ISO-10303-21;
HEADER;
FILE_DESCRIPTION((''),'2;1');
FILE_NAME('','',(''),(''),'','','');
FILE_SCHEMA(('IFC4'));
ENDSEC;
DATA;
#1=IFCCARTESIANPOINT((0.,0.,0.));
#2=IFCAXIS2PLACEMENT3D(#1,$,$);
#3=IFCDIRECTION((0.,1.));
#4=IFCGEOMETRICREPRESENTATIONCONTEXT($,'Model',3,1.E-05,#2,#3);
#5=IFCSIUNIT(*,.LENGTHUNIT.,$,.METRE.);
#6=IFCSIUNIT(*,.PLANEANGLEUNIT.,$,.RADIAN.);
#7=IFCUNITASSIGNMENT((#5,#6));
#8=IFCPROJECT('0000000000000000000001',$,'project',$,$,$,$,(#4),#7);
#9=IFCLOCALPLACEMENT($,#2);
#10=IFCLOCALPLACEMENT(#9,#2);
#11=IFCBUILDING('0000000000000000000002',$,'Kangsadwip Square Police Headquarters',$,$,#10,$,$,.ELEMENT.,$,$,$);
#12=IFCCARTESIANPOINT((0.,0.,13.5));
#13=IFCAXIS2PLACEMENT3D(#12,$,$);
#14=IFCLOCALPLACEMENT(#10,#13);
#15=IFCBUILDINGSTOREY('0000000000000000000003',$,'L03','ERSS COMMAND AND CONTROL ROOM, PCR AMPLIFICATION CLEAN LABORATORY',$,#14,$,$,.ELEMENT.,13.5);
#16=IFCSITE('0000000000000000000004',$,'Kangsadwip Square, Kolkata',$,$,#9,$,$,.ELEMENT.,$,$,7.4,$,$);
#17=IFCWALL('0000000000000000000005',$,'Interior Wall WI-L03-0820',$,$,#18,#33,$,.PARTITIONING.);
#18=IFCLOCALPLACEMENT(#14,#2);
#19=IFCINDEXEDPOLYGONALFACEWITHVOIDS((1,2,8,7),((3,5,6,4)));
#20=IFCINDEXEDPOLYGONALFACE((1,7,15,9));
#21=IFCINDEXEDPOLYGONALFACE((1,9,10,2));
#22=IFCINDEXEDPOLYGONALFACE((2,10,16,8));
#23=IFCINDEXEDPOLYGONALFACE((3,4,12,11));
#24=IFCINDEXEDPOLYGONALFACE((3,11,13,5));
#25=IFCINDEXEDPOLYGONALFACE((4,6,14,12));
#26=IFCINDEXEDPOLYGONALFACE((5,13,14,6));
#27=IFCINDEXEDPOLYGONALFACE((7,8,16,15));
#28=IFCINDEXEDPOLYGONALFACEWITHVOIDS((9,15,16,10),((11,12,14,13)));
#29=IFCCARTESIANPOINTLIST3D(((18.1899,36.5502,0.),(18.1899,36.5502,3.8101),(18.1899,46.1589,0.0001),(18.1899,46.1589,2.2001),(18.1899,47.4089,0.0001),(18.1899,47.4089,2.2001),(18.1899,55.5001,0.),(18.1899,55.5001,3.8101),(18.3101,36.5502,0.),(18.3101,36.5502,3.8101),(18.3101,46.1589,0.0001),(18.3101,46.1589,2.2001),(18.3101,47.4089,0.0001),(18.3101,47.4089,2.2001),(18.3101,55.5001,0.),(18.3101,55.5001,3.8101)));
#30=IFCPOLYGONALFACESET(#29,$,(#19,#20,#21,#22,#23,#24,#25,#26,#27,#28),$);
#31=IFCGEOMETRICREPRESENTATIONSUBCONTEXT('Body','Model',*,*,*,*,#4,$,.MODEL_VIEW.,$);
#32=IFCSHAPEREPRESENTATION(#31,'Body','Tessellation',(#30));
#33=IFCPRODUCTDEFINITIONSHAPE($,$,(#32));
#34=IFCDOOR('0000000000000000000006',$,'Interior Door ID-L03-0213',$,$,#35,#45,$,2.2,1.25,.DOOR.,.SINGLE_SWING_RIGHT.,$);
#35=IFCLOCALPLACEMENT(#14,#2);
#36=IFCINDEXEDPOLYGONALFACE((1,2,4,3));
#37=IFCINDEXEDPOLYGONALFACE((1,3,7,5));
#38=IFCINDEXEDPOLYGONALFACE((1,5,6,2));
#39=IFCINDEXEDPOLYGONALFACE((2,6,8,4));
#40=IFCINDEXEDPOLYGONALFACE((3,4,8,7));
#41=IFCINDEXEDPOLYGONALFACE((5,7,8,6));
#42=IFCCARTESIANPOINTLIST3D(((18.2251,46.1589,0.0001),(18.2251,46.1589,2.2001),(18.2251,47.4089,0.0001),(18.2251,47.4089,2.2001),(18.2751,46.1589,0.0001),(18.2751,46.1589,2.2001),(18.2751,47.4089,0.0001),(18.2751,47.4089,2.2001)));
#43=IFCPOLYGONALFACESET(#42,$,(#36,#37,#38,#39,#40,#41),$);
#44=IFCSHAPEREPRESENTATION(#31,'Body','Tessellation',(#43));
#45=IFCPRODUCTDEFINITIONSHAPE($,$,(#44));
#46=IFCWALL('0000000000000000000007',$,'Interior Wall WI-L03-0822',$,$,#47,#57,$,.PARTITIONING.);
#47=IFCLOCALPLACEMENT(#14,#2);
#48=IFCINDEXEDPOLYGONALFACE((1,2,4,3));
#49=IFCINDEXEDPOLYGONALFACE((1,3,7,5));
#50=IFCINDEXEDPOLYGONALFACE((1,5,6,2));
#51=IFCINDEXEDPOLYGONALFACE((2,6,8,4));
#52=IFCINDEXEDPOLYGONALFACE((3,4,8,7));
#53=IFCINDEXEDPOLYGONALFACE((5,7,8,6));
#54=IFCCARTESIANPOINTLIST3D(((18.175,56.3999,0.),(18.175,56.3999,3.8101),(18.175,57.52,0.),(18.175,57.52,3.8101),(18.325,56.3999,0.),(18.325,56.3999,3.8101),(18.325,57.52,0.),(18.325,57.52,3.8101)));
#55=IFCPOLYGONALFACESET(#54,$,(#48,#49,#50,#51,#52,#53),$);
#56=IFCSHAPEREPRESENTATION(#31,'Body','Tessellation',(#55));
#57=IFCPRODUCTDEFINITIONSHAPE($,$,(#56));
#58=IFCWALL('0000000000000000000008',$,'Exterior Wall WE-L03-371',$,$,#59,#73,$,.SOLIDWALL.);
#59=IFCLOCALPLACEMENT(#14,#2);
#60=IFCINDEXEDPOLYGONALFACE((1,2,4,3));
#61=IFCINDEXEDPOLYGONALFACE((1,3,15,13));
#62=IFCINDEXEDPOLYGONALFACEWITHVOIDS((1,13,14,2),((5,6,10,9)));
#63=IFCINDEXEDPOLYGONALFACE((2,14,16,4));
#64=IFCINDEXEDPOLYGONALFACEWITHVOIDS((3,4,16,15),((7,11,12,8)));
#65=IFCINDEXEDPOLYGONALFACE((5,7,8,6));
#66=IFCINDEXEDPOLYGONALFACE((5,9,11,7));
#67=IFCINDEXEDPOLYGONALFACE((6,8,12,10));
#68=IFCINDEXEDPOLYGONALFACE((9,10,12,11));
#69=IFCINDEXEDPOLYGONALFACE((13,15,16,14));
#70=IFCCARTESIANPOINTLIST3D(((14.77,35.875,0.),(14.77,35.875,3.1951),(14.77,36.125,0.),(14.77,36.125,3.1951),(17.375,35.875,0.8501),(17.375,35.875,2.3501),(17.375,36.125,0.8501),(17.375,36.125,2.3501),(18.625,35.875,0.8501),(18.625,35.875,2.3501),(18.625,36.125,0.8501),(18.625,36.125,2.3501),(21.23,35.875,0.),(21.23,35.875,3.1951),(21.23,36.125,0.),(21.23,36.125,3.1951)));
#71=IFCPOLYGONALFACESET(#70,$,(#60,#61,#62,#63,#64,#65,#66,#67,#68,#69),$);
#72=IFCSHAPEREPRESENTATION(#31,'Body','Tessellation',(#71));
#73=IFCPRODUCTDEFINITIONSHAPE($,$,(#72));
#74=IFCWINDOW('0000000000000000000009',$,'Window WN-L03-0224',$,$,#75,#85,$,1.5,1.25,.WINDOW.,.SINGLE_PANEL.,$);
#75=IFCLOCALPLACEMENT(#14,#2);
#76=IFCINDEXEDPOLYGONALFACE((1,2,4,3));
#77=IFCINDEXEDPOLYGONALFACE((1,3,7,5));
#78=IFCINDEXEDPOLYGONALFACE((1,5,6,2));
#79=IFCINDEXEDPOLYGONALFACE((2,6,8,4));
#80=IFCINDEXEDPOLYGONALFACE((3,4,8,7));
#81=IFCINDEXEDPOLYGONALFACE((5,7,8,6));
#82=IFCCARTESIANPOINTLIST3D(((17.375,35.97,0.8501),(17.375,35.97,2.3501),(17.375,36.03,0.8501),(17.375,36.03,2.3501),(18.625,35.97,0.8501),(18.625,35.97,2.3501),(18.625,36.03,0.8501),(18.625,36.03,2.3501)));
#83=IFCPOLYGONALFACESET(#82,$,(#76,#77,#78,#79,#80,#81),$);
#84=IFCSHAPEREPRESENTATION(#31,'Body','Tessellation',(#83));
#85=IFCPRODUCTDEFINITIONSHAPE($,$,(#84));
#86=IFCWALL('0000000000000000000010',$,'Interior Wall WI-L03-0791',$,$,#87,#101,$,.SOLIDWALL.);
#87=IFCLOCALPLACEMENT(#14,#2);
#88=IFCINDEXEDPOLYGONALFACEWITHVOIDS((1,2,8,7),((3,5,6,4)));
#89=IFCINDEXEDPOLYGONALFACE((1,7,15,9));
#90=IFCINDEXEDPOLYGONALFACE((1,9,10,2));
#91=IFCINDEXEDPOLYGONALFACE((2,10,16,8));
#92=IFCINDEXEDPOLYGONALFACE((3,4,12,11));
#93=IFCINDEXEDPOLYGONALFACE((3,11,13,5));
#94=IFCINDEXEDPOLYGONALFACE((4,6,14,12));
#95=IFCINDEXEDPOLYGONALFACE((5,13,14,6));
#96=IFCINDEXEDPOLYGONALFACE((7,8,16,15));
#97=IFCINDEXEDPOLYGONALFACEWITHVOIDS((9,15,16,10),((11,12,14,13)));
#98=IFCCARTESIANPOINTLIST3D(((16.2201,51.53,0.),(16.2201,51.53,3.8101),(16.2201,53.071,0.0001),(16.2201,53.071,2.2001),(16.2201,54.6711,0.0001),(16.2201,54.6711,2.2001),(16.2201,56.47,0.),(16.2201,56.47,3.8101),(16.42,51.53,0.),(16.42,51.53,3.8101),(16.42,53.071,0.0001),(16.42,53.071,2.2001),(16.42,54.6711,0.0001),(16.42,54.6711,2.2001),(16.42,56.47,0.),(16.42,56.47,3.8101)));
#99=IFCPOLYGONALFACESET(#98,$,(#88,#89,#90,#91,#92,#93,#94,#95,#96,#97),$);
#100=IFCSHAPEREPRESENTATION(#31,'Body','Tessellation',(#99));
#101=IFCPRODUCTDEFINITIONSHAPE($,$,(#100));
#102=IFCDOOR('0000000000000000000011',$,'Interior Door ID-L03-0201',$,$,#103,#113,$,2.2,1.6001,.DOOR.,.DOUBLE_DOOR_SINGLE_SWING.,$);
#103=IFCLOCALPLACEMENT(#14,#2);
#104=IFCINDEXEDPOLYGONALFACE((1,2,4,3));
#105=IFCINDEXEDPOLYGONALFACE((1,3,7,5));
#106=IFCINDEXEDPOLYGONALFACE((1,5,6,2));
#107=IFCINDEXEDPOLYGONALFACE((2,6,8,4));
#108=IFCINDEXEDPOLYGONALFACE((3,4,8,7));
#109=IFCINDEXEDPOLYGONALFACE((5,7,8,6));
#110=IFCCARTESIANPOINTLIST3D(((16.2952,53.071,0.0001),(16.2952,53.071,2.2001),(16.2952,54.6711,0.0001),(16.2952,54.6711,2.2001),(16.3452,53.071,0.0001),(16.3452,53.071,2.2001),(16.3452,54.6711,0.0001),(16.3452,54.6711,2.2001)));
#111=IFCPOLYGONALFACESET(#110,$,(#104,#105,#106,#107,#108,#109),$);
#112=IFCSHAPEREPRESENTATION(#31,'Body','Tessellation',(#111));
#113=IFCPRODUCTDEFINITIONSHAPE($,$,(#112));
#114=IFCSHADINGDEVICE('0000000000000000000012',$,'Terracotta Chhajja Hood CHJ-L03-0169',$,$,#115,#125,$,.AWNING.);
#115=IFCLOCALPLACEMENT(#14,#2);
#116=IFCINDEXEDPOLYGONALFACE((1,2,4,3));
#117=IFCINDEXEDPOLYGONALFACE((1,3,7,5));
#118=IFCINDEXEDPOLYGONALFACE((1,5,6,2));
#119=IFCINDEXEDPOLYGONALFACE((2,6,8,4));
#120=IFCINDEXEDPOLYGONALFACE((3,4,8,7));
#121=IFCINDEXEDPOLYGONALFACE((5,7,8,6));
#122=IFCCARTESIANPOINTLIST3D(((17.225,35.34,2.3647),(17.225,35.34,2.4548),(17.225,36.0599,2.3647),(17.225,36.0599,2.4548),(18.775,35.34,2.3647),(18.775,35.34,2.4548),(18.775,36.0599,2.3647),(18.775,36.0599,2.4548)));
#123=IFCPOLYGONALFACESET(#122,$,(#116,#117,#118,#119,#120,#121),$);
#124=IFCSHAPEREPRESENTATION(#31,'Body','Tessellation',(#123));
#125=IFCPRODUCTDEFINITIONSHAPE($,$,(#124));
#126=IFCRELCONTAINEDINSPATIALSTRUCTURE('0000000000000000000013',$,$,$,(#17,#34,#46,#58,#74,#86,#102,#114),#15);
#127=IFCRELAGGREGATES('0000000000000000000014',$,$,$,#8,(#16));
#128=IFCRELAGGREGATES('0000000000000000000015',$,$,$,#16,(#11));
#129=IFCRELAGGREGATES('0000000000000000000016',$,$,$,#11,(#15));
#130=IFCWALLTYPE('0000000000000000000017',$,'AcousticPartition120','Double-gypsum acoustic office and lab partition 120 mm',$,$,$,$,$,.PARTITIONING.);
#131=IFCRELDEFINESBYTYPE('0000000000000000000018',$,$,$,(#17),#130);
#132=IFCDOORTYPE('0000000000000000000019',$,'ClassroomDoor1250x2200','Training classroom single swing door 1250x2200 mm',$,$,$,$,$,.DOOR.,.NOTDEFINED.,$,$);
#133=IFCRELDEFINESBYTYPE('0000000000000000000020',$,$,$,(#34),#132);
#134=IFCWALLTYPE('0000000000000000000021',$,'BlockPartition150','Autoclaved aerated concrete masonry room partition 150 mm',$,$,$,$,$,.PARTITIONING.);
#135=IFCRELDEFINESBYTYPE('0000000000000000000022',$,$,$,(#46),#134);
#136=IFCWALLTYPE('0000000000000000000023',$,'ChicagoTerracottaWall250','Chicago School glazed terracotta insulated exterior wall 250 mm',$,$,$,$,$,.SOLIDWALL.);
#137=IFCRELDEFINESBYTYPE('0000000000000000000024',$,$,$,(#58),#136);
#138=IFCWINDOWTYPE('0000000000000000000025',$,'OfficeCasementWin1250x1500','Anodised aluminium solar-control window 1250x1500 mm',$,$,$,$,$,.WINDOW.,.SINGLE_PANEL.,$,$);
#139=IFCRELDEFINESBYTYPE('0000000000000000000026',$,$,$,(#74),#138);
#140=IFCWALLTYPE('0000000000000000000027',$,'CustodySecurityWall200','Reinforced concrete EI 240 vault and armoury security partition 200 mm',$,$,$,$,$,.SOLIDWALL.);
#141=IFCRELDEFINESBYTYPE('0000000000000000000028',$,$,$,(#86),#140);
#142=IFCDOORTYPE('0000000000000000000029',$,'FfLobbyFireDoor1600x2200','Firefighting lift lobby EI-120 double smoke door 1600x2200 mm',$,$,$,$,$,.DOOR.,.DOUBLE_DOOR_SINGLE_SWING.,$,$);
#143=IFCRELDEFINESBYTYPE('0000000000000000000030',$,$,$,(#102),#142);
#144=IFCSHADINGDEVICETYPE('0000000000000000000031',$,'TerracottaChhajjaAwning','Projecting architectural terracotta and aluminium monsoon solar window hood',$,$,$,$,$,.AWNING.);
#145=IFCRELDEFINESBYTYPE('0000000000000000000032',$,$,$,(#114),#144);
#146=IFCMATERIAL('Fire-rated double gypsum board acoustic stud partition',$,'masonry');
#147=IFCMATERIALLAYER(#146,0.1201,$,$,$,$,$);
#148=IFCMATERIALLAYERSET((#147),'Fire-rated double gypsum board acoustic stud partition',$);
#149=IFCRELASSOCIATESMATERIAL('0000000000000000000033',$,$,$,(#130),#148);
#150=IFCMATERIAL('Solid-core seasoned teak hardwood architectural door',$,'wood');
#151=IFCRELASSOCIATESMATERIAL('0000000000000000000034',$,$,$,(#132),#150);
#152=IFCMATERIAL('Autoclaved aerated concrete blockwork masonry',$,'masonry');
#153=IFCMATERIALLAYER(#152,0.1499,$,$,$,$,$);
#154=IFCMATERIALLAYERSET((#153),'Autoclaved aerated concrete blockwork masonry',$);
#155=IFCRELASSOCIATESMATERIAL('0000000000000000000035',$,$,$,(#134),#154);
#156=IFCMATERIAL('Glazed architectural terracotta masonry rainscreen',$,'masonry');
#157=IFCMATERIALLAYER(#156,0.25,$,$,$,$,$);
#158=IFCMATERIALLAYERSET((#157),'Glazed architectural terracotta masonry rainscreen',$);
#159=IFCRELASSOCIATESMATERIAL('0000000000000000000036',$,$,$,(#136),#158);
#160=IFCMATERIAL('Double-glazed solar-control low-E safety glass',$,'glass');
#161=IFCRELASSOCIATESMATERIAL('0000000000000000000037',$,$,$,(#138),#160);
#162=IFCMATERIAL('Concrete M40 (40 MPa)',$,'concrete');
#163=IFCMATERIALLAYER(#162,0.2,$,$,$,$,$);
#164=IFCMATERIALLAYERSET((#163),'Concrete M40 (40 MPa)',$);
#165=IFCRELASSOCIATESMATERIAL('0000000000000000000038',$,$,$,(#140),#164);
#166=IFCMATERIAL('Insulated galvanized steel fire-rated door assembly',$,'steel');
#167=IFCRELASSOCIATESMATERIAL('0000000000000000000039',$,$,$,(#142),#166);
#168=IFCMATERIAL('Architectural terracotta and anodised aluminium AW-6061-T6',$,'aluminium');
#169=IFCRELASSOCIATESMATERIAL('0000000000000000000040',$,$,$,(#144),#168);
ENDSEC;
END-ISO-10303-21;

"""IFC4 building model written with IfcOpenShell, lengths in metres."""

from ifc_helpers import new_model, si_unit, direction, frame, frame_2d, origin, origin_2d, place, context, subcontext, project, spatial, rectangle, extrude, material, layer, layer_set, type_object, element, fill, save


model = new_model("IFC4")

# Units and contexts
model_context = context("Model", 3, precision=1e-05, world=origin(), true_north=direction((0.0, 1.0)))
body_context = subcontext(model_context, "Body", "Model", "MODEL_VIEW")
ifc_project = project(units=[si_unit("LENGTHUNIT", "METRE"), si_unit("PLANEANGLEUNIT", "RADIAN")], contexts=[model_context])

# Site, building, storey
site_placement = place(None, origin())
site = spatial("IfcSite", under=ifc_project, at=site_placement, Name="Kangsadwip Square, Kolkata", CompositionType="ELEMENT", RefElevation=7.4)
building_placement = place(site_placement, origin())
building = spatial("IfcBuilding", under=site, at=building_placement, Name="Kangsadwip Square Police Headquarters", CompositionType="ELEMENT")
storey_placement = place(building_placement, frame((0.0, 0.0, 13.5)))
storey = spatial("IfcBuildingStorey", under=building, at=storey_placement, Name="L03", Description="ERSS COMMAND AND CONTROL ROOM, PCR AMPLIFICATION CLEAN LABORATORY", CompositionType="ELEMENT", Elevation=13.5)

# Wall, opening, door
ifc_material_1 = material(Name="Fire-rated double gypsum board acoustic stud partition", Category="masonry")
ifc_layer_1 = layer(ifc_material_1, 0.1201)
ifc_layer_set_1 = layer_set([ifc_layer_1], Name="Fire-rated double gypsum board acoustic stud partition")
wall_type_1 = type_object("IfcWallType", Name="AcousticPartition120", Description="Double-gypsum acoustic office and lab partition 120 mm", PredefinedType="PARTITIONING", material=ifc_layer_set_1)
wall_1_placement = place(storey_placement, frame((18.25, 36.55, 0.0), z_axis=(0.0, 0.0, 1.0), x_axis=(0.0, 1.0, 0.0)))
wall_1 = element("IfcWall", 1, at=wall_1_placement, inside=storey, type_object=wall_type_1, Name="Interior Wall WI-L03-0820", PredefinedType="PARTITIONING", context=body_context, shape_type="SweptSolid", body=[
    extrude(rectangle(XDim=18.95, YDim=0.1201, at=frame_2d((9.4751, 0.0))), origin(), (0.0, 0.0, 1.0), 3.8101),
])
opening_1_placement = place(wall_1_placement, frame((9.6089, 0.0, 0.0)))
opening_1 = element("IfcOpeningElement", 2, at=opening_1_placement, cuts=wall_1, PredefinedType="OPENING", context=body_context, shape_type="SweptSolid", body=[
    extrude(rectangle(XDim=1.25, YDim=2.2, at=frame_2d((0.625, 1.1001))), frame((0.0, 0.0701, 0.0), z_axis=(0.0, -1.0, 0.0), x_axis=(1.0, 0.0, 0.0)), (0.0, 0.0, 1.0), 0.1401),
])
ifc_material_2 = material(Name="Solid-core seasoned teak hardwood architectural door", Category="wood")
door_type_1 = type_object("IfcDoorType", Name="ClassroomDoor1250x2200", Description="Training classroom single swing door 1250x2200 mm", OperationType="NOTDEFINED", PredefinedType="DOOR", material=ifc_material_2)
door_1_placement = place(opening_1_placement, origin())
door_1 = element("IfcDoor", 3, at=door_1_placement, inside=storey, type_object=door_type_1, Name="Interior Door ID-L03-0213", OperationType="SINGLE_SWING_RIGHT", OverallHeight=2.2, OverallWidth=1.25, PredefinedType="DOOR", context=body_context, shape_type="SweptSolid", body=[
    extrude(rectangle(XDim=1.25, YDim=2.2, at=frame_2d((0.625, 1.1001))), frame((0.0, 0.0249, 0.0), z_axis=(0.0, -1.0, 0.0), x_axis=(1.0, 0.0, 0.0)), (0.0, 0.0, 1.0), 0.05),
])
fill(opening_1, door_1)

# Wall
ifc_material_3 = material(Name="Autoclaved aerated concrete blockwork masonry", Category="masonry")
ifc_layer_2 = layer(ifc_material_3, 0.1499)
ifc_layer_set_2 = layer_set([ifc_layer_2], Name="Autoclaved aerated concrete blockwork masonry")
wall_type_2 = type_object("IfcWallType", Name="BlockPartition150", Description="Autoclaved aerated concrete masonry room partition 150 mm", PredefinedType="PARTITIONING", material=ifc_layer_set_2)
wall_2_placement = place(storey_placement, frame((18.25, 56.3999, 0.0), z_axis=(0.0, 0.0, 1.0), x_axis=(0.0, 1.0, 0.0)))
element("IfcWall", 4, at=wall_2_placement, inside=storey, type_object=wall_type_2, Name="Interior Wall WI-L03-0822", PredefinedType="PARTITIONING", context=body_context, shape_type="SweptSolid", body=[
    extrude(rectangle(XDim=1.1201, YDim=0.1499, at=frame_2d((0.5601, 0.0))), origin(), (0.0, 0.0, 1.0), 3.8101),
])

# Wall, opening, window
ifc_material_4 = material(Name="Glazed architectural terracotta masonry rainscreen", Category="masonry")
ifc_layer_3 = layer(ifc_material_4, 0.25)
ifc_layer_set_3 = layer_set([ifc_layer_3], Name="Glazed architectural terracotta masonry rainscreen")
wall_type_3 = type_object("IfcWallType", Name="ChicagoTerracottaWall250", Description="Chicago School glazed terracotta insulated exterior wall 250 mm", PredefinedType="SOLIDWALL", material=ifc_layer_set_3)
wall_3_placement = place(storey_placement, frame((14.77, 36.0, 0.0), z_axis=(0.0, 0.0, 1.0), x_axis=(1.0, 0.0, 0.0)))
wall_3 = element("IfcWall", 5, at=wall_3_placement, inside=storey, type_object=wall_type_3, Name="Exterior Wall WE-L03-371", PredefinedType="SOLIDWALL", context=body_context, shape_type="SweptSolid", body=[
    extrude(rectangle(XDim=6.46, YDim=0.25, at=frame_2d((3.23, 0.0))), origin(), (0.0, 0.0, 1.0), 3.1951),
])
opening_2_placement = place(wall_3_placement, frame((2.605, 0.0, 0.8501)))
opening_2 = element("IfcOpeningElement", 6, at=opening_2_placement, cuts=wall_3, PredefinedType="OPENING", context=body_context, shape_type="SweptSolid", body=[
    extrude(rectangle(XDim=1.25, YDim=1.5, at=frame_2d((0.625, 0.75))), frame((0.0, 0.135, 0.0), z_axis=(0.0, -1.0, 0.0), x_axis=(1.0, 0.0, 0.0)), (0.0, 0.0, 1.0), 0.27),
])
ifc_material_5 = material(Name="Double-glazed solar-control low-E safety glass", Category="glass")
window_type = type_object("IfcWindowType", Name="OfficeCasementWin1250x1500", Description="Anodised aluminium solar-control window 1250x1500 mm", PartitioningType="SINGLE_PANEL", PredefinedType="WINDOW", material=ifc_material_5)
window_placement = place(opening_2_placement, origin())
window = element("IfcWindow", 7, at=window_placement, inside=storey, type_object=window_type, Name="Window WN-L03-0224", OverallHeight=1.5, OverallWidth=1.25, PartitioningType="SINGLE_PANEL", PredefinedType="WINDOW", context=body_context, shape_type="SweptSolid", body=[
    extrude(rectangle(XDim=1.25, YDim=1.5, at=frame_2d((0.625, 0.75))), frame((0.0, 0.03, 0.0), z_axis=(0.0, -1.0, 0.0), x_axis=(1.0, 0.0, 0.0)), (0.0, 0.0, 1.0), 0.0601),
])
fill(opening_2, window)

# Wall, opening, door
ifc_material_6 = material(Name="Concrete M40 (40 MPa)", Category="concrete")
ifc_layer_4 = layer(ifc_material_6, 0.2)
ifc_layer_set_4 = layer_set([ifc_layer_4], Name="Concrete M40 (40 MPa)")
wall_type_4 = type_object("IfcWallType", Name="CustodySecurityWall200", Description="Reinforced concrete EI 240 vault and armoury security partition 200 mm", PredefinedType="SOLIDWALL", material=ifc_layer_set_4)
wall_4_placement = place(storey_placement, frame((16.3201, 51.53, 0.0), z_axis=(0.0, 0.0, 1.0), x_axis=(0.0, 1.0, 0.0)))
wall_4 = element("IfcWall", 8, at=wall_4_placement, inside=storey, type_object=wall_type_4, Name="Interior Wall WI-L03-0791", PredefinedType="SOLIDWALL", context=body_context, shape_type="SweptSolid", body=[
    extrude(rectangle(XDim=4.9399, YDim=0.2, at=frame_2d((2.47, 0.0))), origin(), (0.0, 0.0, 1.0), 3.8101),
])
opening_3_placement = place(wall_4_placement, frame((1.541, 0.0, 0.0)))
opening_3 = element("IfcOpeningElement", 9, at=opening_3_placement, cuts=wall_4, PredefinedType="OPENING", context=body_context, shape_type="SweptSolid", body=[
    extrude(rectangle(XDim=1.6001, YDim=2.2, at=frame_2d((0.8, 1.1001))), frame((0.0, 0.1099, 0.0), z_axis=(0.0, -1.0, 0.0), x_axis=(1.0, 0.0, 0.0)), (0.0, 0.0, 1.0), 0.22),
])
ifc_material_7 = material(Name="Insulated galvanized steel fire-rated door assembly", Category="steel")
door_type_2 = type_object("IfcDoorType", Name="FfLobbyFireDoor1600x2200", Description="Firefighting lift lobby EI-120 double smoke door 1600x2200 mm", OperationType="DOUBLE_DOOR_SINGLE_SWING", PredefinedType="DOOR", material=ifc_material_7)
door_2_placement = place(opening_3_placement, origin())
door_2 = element("IfcDoor", 10, at=door_2_placement, inside=storey, type_object=door_type_2, Name="Interior Door ID-L03-0201", OperationType="DOUBLE_DOOR_SINGLE_SWING", OverallHeight=2.2, OverallWidth=1.6001, PredefinedType="DOOR", context=body_context, shape_type="SweptSolid", body=[
    extrude(rectangle(XDim=1.6001, YDim=2.2, at=frame_2d((0.8, 1.1001))), frame((0.0, 0.0249, 0.0), z_axis=(0.0, -1.0, 0.0), x_axis=(1.0, 0.0, 0.0)), (0.0, 0.0, 1.0), 0.05),
])
fill(opening_3, door_2)

# Shading device
ifc_material_8 = material(Name="Architectural terracotta and anodised aluminium AW-6061-T6", Category="aluminium")
shading_device_type = type_object("IfcShadingDeviceType", Name="TerracottaChhajjaAwning", Description="Projecting architectural terracotta and aluminium monsoon solar window hood", PredefinedType="AWNING", material=ifc_material_8)
shading_device_placement = place(storey_placement, frame((18.0, 35.7, 2.3647), z_axis=(0.0, 0.0, 1.0), x_axis=(1.0, 0.0, 0.0)))
element("IfcShadingDevice", 11, at=shading_device_placement, inside=storey, type_object=shading_device_type, Name="Terracotta Chhajja Hood CHJ-L03-0169", PredefinedType="AWNING", context=body_context, shape_type="SweptSolid", body=[
    extrude(rectangle(XDim=1.55, YDim=0.72, at=origin_2d()), origin(), (0.0, 0.0, 1.0), 0.0901),
])

save(model, "model.ifc")
